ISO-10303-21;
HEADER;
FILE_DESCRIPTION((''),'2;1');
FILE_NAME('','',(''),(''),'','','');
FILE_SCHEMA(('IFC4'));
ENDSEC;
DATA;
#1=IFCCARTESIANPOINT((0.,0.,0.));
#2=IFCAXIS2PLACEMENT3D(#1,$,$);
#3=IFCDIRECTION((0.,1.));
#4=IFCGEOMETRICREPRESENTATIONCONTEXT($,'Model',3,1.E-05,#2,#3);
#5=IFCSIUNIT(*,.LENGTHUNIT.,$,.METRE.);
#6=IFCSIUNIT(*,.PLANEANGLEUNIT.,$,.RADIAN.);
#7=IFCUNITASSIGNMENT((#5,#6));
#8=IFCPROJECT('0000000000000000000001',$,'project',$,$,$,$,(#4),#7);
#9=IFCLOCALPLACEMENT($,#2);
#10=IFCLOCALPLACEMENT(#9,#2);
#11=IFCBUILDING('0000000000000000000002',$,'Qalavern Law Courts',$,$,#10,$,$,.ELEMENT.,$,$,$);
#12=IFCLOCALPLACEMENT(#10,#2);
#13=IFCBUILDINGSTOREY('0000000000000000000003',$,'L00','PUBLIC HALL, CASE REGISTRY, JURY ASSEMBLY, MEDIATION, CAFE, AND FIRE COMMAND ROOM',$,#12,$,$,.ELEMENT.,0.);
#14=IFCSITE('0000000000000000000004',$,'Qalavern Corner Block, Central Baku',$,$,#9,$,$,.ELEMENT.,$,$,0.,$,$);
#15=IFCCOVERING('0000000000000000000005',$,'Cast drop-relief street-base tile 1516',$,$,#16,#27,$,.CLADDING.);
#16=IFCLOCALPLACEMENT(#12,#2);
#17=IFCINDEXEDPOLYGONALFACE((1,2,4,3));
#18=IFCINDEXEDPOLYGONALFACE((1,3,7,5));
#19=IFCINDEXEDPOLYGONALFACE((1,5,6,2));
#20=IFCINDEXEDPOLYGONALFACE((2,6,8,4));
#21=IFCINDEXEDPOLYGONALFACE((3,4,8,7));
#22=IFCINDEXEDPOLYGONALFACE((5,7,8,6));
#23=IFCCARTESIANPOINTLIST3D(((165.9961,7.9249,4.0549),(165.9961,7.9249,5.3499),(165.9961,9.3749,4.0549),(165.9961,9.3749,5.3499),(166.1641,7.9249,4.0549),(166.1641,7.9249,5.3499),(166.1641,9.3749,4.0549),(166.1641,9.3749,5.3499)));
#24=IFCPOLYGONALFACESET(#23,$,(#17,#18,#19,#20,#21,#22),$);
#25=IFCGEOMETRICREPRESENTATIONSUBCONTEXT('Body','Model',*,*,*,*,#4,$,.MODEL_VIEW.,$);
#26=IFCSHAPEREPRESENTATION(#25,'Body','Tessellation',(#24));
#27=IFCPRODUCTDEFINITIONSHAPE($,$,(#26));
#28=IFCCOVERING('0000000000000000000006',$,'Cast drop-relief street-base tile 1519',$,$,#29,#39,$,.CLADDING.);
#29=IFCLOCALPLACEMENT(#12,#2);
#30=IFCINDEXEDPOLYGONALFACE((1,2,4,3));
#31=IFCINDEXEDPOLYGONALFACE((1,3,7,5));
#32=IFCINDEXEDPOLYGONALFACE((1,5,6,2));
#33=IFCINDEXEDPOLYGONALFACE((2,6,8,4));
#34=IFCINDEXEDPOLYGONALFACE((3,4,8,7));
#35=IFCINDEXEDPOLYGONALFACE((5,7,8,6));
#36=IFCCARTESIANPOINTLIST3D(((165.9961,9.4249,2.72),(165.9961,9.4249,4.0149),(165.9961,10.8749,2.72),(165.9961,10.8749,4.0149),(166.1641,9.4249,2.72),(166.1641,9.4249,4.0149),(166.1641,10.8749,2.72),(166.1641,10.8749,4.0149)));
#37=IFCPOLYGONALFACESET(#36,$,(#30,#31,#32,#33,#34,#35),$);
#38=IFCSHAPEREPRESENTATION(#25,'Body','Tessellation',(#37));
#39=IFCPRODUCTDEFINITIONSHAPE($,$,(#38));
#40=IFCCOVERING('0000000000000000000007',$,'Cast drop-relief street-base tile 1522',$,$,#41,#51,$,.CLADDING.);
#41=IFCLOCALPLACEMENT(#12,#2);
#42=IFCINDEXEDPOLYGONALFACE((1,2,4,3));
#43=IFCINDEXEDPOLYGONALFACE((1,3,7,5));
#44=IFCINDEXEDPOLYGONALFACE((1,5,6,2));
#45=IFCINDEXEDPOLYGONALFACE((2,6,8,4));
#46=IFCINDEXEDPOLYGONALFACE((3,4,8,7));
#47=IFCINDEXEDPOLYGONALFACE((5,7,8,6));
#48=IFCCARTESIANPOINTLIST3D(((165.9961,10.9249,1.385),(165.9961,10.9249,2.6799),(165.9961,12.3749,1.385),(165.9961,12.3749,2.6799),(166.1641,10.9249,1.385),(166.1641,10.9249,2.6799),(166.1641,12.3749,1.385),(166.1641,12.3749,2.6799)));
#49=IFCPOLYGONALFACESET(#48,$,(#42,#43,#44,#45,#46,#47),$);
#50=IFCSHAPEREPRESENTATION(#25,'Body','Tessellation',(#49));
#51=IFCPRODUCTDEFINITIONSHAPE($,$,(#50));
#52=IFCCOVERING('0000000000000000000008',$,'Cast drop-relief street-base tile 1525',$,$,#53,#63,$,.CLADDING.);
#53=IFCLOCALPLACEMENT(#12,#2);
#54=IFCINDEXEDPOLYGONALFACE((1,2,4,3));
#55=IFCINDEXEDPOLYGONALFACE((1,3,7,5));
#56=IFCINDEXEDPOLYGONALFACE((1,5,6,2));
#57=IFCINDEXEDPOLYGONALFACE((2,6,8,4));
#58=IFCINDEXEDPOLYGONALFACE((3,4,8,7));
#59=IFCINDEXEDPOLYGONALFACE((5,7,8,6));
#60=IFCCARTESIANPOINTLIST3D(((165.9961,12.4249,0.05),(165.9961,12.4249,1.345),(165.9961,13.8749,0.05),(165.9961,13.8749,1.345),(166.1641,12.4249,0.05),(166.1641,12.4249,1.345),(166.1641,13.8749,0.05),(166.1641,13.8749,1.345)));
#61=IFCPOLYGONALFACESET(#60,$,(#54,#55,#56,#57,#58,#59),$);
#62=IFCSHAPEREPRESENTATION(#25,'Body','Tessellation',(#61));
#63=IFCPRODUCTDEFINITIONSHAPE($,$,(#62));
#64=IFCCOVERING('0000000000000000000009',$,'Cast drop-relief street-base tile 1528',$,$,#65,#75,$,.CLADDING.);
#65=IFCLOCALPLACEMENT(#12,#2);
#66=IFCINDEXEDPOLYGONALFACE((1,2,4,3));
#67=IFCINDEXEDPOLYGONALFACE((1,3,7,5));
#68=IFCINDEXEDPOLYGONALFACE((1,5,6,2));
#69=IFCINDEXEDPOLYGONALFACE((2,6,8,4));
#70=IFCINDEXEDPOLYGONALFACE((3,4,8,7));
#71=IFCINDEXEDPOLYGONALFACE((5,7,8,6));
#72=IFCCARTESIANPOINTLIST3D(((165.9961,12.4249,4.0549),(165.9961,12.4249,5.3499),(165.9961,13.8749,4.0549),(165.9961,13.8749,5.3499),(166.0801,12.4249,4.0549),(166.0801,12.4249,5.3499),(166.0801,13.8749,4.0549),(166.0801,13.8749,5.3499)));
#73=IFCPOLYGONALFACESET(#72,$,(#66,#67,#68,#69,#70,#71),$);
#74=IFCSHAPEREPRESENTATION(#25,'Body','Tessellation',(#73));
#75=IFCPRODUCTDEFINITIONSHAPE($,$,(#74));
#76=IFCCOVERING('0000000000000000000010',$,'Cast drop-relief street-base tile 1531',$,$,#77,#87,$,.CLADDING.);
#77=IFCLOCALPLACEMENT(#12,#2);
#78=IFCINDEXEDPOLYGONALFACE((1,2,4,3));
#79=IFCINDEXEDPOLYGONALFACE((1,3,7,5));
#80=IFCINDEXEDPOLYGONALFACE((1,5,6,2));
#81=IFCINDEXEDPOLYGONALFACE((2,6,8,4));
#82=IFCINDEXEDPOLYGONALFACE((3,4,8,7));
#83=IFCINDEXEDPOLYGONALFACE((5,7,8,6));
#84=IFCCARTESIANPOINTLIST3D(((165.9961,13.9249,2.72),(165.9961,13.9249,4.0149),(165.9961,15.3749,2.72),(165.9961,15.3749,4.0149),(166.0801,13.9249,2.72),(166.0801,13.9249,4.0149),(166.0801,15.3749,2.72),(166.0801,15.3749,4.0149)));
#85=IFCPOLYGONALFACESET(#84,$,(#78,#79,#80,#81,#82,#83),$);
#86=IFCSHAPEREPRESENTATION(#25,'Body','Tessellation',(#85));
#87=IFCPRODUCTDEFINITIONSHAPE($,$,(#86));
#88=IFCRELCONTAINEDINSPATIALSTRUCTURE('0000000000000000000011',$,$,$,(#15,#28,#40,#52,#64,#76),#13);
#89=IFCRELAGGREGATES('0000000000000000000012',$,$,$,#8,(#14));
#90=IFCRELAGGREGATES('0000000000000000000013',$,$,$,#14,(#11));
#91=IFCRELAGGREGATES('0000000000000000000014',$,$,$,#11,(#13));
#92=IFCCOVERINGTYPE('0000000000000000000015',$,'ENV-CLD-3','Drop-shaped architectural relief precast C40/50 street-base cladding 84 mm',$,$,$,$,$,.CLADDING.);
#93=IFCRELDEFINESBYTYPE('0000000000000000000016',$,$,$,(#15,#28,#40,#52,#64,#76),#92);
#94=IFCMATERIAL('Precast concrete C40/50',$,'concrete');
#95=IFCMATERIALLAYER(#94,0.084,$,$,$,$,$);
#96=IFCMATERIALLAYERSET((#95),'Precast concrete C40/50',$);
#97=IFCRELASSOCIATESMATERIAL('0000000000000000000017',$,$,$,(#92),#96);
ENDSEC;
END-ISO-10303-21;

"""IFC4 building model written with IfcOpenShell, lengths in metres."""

from ifc_helpers import new_model, si_unit, direction, frame, origin, origin_2d, place, context, subcontext, project, spatial, rectangle, extrude, material, layer, layer_set, type_object, element, save


model = new_model("IFC4")

# Units and contexts
model_context = context("Model", 3, precision=1e-05, world=origin(), true_north=direction((0.0, 1.0)))
body_context = subcontext(model_context, "Body", "Model", "MODEL_VIEW")
ifc_project = project(units=[si_unit("LENGTHUNIT", "METRE"), si_unit("PLANEANGLEUNIT", "RADIAN")], contexts=[model_context])

# Site, building, storey
site_placement = place(None, origin())
site = spatial("IfcSite", under=ifc_project, at=site_placement, Name="Qalavern Corner Block, Central Baku", CompositionType="ELEMENT", RefElevation=0.0)
building_placement = place(site_placement, origin())
building = spatial("IfcBuilding", under=site, at=building_placement, Name="Qalavern Law Courts", CompositionType="ELEMENT")
storey_placement = place(building_placement, origin())
storey = spatial("IfcBuildingStorey", under=building, at=storey_placement, Name="L00", Description="PUBLIC HALL, CASE REGISTRY, JURY ASSEMBLY, MEDIATION, CAFE, AND FIRE COMMAND ROOM", CompositionType="ELEMENT", Elevation=0.0)

# Coverings
ifc_material_1 = material(Name="Precast concrete C40/50", Category="concrete")
ifc_layer_1 = layer(ifc_material_1, 0.084)
ifc_layer_set_1 = layer_set([ifc_layer_1], Name="Precast concrete C40/50")
covering_type_1 = type_object("IfcCoveringType", Name="ENV-CLD-3", Description="Drop-shaped architectural relief precast C40/50 street-base cladding 84 mm", PredefinedType="CLADDING", material=ifc_layer_set_1)
for number, where, z_axis, x_axis, name in (
    (1, (166.0801, 8.6499, 4.0549), (0.0, 0.0, 1.0), (0.0, 1.0, 0.0), "Cast drop-relief street-base tile 1516"),
    (2, (166.0801, 10.1499, 2.72), (0.0, 0.0, 1.0), (0.0, 1.0, 0.0), "Cast drop-relief street-base tile 1519"),
    (3, (166.0801, 11.6499, 1.385), (0.0, 0.0, 1.0), (0.0, 1.0, 0.0), "Cast drop-relief street-base tile 1522"),
    (4, (166.0801, 13.1499, 0.05), (0.0, 0.0, 1.0), (0.0, 1.0, 0.0), "Cast drop-relief street-base tile 1525"),
):
    element("IfcCovering", number, at=place(storey_placement, frame(where, z_axis=z_axis, x_axis=x_axis)), inside=storey, type_object=covering_type_1, Name=name, PredefinedType="CLADDING", context=body_context, shape_type="SweptSolid", body=[
        extrude(rectangle(XDim=1.45, YDim=0.168, at=origin_2d()), origin(), (0.0, 0.0, 1.0), 1.2949),
    ])
for number, where, z_axis, x_axis, name in (
    (5, (166.0381, 13.1499, 4.0549), (0.0, 0.0, 1.0), (0.0, 1.0, 0.0), "Cast drop-relief street-base tile 1528"),
    (6, (166.0381, 14.6499, 2.72), (0.0, 0.0, 1.0), (0.0, 1.0, 0.0), "Cast drop-relief street-base tile 1531"),
):
    element("IfcCovering", number, at=place(storey_placement, frame(where, z_axis=z_axis, x_axis=x_axis)), inside=storey, type_object=covering_type_1, Name=name, PredefinedType="CLADDING", context=body_context, shape_type="SweptSolid", body=[
        extrude(rectangle(XDim=1.45, YDim=0.084, at=origin_2d()), origin(), (0.0, 0.0, 1.0), 1.2949),
    ])

save(model, "model.ifc")
